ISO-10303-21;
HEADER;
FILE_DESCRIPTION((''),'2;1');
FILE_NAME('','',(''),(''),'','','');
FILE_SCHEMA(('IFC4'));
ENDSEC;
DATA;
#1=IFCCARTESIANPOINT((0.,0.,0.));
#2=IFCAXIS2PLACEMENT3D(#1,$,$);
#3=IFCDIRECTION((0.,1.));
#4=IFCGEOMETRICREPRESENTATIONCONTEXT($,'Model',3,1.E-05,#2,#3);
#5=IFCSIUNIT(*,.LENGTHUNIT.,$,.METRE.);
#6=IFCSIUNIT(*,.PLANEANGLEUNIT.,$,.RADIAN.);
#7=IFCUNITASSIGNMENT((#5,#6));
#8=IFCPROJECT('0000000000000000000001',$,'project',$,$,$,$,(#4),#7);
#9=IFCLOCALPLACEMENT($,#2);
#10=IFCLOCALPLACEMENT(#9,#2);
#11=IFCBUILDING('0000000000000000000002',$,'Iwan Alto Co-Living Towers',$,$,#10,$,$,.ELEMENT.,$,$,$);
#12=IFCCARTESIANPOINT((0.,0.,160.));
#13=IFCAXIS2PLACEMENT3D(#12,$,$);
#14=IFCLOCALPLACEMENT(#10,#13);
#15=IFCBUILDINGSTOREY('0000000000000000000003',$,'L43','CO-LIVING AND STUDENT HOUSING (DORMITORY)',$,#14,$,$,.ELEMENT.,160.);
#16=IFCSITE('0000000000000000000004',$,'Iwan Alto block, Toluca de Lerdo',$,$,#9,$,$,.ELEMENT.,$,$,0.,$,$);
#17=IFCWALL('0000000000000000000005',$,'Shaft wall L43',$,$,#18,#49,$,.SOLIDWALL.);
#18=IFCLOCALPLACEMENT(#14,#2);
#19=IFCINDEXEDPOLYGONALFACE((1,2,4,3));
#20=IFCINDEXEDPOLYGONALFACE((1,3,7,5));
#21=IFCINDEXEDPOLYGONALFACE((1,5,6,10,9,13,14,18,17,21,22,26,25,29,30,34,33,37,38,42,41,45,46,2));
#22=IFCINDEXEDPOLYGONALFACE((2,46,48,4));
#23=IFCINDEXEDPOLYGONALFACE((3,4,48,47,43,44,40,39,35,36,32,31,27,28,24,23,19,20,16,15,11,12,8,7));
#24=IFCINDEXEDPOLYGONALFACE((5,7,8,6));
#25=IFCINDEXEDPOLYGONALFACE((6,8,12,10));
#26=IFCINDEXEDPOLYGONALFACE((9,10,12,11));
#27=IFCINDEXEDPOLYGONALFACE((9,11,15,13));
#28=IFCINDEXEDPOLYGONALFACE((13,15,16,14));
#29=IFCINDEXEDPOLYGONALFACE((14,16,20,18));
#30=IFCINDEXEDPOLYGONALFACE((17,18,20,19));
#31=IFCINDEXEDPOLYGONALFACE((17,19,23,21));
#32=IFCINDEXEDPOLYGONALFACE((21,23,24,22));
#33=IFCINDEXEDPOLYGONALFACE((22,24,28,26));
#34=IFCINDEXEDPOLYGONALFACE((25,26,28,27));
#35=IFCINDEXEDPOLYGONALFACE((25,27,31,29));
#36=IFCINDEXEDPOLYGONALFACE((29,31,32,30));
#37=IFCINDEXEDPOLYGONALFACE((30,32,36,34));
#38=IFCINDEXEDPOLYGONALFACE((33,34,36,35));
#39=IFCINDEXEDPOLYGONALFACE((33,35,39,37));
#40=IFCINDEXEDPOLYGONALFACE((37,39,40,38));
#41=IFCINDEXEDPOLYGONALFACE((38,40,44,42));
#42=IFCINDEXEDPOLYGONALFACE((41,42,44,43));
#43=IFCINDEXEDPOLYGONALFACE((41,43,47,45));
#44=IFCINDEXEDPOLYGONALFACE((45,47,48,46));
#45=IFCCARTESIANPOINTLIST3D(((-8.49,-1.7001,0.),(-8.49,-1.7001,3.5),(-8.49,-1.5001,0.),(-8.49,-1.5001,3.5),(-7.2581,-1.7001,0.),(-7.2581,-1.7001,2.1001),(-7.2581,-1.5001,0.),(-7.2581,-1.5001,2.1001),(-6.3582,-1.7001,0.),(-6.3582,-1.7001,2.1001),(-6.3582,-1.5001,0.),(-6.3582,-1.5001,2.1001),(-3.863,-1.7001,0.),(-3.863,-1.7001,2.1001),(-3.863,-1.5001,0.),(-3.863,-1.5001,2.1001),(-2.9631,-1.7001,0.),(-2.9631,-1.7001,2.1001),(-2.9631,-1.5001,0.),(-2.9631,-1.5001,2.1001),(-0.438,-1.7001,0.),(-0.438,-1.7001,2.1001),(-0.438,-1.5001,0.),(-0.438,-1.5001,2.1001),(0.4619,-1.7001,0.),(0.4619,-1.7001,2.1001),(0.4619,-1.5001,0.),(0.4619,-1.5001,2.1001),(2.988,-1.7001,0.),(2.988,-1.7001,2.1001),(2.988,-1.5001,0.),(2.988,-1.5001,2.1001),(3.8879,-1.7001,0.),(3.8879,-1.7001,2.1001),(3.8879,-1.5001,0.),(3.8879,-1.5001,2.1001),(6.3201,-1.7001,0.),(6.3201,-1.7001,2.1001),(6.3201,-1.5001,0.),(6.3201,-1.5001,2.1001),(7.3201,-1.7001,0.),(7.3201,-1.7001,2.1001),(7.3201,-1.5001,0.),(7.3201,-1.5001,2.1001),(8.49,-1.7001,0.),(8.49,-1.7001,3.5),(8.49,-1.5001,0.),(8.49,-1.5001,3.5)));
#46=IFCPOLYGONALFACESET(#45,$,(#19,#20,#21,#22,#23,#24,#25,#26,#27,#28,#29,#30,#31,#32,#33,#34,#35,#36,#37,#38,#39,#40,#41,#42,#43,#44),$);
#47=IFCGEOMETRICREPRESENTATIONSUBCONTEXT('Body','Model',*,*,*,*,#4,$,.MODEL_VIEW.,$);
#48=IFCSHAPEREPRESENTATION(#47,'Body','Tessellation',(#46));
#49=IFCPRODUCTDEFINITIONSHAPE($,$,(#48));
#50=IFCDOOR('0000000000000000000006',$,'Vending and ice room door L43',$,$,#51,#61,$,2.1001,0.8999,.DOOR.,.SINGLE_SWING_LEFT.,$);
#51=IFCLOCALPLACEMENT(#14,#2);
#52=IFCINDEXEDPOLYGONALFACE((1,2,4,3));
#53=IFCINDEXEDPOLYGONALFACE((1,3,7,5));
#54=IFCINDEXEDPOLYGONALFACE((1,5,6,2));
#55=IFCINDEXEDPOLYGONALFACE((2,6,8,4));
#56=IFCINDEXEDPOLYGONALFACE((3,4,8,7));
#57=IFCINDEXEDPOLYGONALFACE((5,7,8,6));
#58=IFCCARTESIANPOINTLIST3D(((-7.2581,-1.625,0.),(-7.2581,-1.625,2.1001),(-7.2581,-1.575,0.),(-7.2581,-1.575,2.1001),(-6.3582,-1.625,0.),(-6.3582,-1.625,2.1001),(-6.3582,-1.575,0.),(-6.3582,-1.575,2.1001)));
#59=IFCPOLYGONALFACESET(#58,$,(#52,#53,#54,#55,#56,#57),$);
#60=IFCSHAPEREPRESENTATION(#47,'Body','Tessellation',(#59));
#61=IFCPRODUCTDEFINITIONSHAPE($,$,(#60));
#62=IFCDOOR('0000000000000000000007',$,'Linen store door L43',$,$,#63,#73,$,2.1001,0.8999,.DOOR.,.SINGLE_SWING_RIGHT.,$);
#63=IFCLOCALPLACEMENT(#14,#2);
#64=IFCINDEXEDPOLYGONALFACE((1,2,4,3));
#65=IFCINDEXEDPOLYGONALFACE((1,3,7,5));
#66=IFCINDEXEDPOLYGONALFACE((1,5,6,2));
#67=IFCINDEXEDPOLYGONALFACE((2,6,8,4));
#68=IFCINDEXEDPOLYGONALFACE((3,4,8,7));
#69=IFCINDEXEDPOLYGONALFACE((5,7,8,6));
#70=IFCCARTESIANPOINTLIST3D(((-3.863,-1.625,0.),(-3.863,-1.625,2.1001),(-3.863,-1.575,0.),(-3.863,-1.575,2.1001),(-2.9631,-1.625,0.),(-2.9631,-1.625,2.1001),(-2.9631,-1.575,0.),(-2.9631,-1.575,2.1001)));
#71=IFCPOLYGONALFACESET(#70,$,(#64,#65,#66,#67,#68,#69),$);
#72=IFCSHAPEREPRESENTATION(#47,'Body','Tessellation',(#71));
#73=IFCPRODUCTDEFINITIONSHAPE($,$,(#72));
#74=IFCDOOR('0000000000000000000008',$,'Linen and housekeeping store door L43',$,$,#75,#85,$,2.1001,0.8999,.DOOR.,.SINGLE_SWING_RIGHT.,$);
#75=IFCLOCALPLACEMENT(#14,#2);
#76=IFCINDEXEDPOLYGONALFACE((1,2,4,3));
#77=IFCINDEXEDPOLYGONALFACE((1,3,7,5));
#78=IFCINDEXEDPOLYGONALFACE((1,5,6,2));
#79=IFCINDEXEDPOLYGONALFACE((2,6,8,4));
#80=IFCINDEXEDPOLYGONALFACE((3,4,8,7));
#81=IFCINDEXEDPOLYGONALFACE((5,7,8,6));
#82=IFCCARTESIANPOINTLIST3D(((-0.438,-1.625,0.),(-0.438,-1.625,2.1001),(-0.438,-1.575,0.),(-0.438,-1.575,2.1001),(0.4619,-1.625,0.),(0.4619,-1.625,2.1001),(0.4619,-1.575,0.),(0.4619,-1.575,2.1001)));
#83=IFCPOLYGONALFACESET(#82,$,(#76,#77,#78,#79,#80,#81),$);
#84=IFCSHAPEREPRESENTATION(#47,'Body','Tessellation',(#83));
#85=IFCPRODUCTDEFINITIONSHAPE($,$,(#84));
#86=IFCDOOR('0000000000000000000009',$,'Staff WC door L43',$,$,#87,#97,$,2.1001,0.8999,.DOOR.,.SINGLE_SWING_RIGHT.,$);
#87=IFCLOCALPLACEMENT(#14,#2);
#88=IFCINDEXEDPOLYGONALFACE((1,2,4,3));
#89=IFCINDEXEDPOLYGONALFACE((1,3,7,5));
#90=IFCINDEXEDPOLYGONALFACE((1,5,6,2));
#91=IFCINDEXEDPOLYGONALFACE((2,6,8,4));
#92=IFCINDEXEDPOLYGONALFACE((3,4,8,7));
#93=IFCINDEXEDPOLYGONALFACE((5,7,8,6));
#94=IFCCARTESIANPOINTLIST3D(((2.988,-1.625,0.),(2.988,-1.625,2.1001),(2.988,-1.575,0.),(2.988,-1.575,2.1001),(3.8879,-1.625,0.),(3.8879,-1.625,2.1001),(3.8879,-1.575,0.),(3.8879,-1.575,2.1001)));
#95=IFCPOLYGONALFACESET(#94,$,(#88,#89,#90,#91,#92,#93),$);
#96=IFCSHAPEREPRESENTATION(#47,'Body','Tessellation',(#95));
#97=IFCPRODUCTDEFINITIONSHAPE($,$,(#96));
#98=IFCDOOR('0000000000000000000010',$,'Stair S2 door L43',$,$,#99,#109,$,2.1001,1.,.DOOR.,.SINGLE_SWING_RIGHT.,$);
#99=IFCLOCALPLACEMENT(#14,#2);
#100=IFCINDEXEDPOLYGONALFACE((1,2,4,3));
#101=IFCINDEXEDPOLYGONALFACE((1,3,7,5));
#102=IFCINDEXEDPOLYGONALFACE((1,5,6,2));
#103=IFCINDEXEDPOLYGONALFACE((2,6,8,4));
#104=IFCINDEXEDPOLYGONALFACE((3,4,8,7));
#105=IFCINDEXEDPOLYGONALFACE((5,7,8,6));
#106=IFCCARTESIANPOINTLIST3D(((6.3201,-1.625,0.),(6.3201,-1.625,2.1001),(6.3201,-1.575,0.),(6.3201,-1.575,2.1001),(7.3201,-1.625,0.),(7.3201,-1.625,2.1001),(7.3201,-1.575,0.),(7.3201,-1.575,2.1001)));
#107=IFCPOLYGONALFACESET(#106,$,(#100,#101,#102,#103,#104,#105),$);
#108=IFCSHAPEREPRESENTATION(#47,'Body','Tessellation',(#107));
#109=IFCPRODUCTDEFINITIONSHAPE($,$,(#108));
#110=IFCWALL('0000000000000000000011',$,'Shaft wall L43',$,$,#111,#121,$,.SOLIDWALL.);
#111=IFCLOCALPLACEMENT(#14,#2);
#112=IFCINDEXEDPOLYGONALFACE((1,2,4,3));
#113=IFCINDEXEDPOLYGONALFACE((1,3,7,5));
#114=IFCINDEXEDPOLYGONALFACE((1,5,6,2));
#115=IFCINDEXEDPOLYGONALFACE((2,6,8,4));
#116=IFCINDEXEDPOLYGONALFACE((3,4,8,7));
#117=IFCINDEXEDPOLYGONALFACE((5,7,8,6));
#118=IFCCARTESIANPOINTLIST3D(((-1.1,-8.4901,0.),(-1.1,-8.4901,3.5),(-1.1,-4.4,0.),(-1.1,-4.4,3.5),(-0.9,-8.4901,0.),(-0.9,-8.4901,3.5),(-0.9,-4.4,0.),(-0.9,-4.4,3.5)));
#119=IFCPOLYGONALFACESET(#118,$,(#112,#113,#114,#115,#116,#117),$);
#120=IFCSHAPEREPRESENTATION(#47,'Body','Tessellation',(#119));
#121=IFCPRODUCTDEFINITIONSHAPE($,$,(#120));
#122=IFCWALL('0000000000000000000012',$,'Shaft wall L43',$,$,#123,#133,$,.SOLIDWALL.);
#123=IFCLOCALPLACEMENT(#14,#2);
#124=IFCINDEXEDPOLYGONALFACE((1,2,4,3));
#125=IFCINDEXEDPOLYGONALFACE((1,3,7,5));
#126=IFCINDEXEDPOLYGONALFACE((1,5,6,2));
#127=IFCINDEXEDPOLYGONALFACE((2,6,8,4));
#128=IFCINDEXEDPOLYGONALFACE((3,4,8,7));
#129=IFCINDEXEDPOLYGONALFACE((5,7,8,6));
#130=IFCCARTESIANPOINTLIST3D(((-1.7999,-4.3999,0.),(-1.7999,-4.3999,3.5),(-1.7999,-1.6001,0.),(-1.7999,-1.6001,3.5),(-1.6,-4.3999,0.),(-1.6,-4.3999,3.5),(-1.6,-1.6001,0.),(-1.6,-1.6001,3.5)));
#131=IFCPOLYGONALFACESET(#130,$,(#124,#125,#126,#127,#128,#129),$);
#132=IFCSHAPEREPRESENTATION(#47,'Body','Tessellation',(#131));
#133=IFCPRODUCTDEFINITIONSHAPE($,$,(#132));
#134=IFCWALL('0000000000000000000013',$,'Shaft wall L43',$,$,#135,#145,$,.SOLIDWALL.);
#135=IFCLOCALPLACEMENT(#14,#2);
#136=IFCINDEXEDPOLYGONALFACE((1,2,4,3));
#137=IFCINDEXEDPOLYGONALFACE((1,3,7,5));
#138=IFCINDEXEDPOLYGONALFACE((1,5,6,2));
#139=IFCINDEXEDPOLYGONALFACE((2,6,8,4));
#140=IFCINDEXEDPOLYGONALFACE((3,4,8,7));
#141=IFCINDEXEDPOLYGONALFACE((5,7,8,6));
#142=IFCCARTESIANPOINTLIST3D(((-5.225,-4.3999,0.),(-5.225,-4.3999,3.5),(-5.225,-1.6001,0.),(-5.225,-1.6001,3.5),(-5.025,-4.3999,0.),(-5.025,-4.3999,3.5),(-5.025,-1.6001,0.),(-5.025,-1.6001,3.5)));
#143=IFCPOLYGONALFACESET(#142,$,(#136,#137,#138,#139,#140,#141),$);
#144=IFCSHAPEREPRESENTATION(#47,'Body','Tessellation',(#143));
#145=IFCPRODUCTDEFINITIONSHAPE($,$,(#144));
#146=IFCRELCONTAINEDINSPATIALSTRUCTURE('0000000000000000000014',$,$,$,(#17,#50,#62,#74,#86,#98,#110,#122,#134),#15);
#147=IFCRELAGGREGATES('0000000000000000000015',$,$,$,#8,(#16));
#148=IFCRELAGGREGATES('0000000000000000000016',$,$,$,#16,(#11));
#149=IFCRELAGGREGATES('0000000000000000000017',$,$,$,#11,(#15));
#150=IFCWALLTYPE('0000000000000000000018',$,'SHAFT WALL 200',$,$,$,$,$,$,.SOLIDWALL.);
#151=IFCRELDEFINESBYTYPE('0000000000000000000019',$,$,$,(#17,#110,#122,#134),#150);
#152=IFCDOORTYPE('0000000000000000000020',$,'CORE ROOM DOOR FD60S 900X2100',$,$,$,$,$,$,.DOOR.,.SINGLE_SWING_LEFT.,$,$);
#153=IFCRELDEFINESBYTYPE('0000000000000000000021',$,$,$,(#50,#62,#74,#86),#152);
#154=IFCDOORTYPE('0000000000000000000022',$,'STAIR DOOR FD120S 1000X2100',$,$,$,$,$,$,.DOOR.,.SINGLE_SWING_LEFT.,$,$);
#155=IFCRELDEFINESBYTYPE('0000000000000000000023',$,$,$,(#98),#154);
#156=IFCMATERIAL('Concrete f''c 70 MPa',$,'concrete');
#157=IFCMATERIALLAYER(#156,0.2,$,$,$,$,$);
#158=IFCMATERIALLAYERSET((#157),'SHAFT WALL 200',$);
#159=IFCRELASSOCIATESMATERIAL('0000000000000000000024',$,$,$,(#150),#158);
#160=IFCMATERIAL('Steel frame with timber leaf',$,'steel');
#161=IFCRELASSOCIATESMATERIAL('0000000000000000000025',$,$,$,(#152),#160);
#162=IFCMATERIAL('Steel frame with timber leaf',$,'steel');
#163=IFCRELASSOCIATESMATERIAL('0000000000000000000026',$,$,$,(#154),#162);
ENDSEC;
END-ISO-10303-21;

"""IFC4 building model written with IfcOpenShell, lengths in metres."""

from ifc_helpers import new_model, si_unit, direction, frame, frame_2d, origin, place, context, subcontext, project, spatial, rectangle, extrude, material, layer, layer_set, type_object, element, fill, save


model = new_model("IFC4")

# Units and contexts
model_context = context("Model", 3, precision=1e-05, world=origin(), true_north=direction((0.0, 1.0)))
body_context = subcontext(model_context, "Body", "Model", "MODEL_VIEW")
ifc_project = project(units=[si_unit("LENGTHUNIT", "METRE"), si_unit("PLANEANGLEUNIT", "RADIAN")], contexts=[model_context])

# Site, building, storey
site_placement = place(None, origin())
site = spatial("IfcSite", under=ifc_project, at=site_placement, Name="Iwan Alto block, Toluca de Lerdo", CompositionType="ELEMENT", RefElevation=0.0)
building_placement = place(site_placement, origin())
building = spatial("IfcBuilding", under=site, at=building_placement, Name="Iwan Alto Co-Living Towers", CompositionType="ELEMENT")
storey_placement = place(building_placement, frame((0.0, 0.0, 160.0)))
storey = spatial("IfcBuildingStorey", under=building, at=storey_placement, Name="L43", Description="CO-LIVING AND STUDENT HOUSING (DORMITORY)", CompositionType="ELEMENT", Elevation=160.0)

# Shared definitions
ifc_material_1 = material(Name="Concrete f'c 70 MPa", Category="concrete")
ifc_layer_1 = layer(ifc_material_1, 0.2)
ifc_layer_set_1 = layer_set([ifc_layer_1], Name="SHAFT WALL 200")
wall_type_1 = type_object("IfcWallType", Name="SHAFT WALL 200", PredefinedType="SOLIDWALL", material=ifc_layer_set_1)

# Wall, openings, doors
wall_1_placement = place(storey_placement, frame((-8.49, -1.6001, 0.0), z_axis=(0.0, 0.0, 1.0), x_axis=(1.0, 0.0, 0.0)))
wall_1 = element("IfcWall", 1, at=wall_1_placement, inside=storey, type_object=wall_type_1, Name="Shaft wall L43", PredefinedType="SOLIDWALL", context=body_context, shape_type="SweptSolid", body=[
    extrude(rectangle(XDim=16.98, YDim=0.2, at=frame_2d((8.49, 0.0))), origin(), (0.0, 0.0, 1.0), 3.5),
])
opening_1_placement = place(wall_1_placement, frame((14.8101, 0.0, 0.0)))
opening_1 = element("IfcOpeningElement", 2, at=opening_1_placement, cuts=wall_1, PredefinedType="OPENING", context=body_context, shape_type="SweptSolid", body=[
    extrude(rectangle(XDim=1.0, YDim=2.1001, at=frame_2d((0.5, 1.05))), frame((0.0, 0.1099, 0.0), z_axis=(0.0, -1.0, 0.0), x_axis=(1.0, 0.0, 0.0)), (0.0, 0.0, 1.0), 0.22),
])
opening_2_placement = place(wall_1_placement, frame((1.2319, 0.0, 0.0)))
opening_2 = element("IfcOpeningElement", 3, at=opening_2_placement, cuts=wall_1, PredefinedType="OPENING", context=body_context, shape_type="SweptSolid", body=[
    extrude(rectangle(XDim=0.8999, YDim=2.1001, at=frame_2d((0.45, 1.05))), frame((0.0, 0.1099, 0.0), z_axis=(0.0, -1.0, 0.0), x_axis=(1.0, 0.0, 0.0)), (0.0, 0.0, 1.0), 0.22),
])
opening_3_placement = place(wall_1_placement, frame((4.627, 0.0, 0.0)))
opening_3 = element("IfcOpeningElement", 4, at=opening_3_placement, cuts=wall_1, PredefinedType="OPENING", context=body_context, shape_type="SweptSolid", body=[
    extrude(rectangle(XDim=0.8999, YDim=2.1001, at=frame_2d((0.45, 1.05))), frame((0.0, 0.1099, 0.0), z_axis=(0.0, -1.0, 0.0), x_axis=(1.0, 0.0, 0.0)), (0.0, 0.0, 1.0), 0.22),
])
opening_4_placement = place(wall_1_placement, frame((8.052, 0.0, 0.0)))
opening_4 = element("IfcOpeningElement", 5, at=opening_4_placement, cuts=wall_1, PredefinedType="OPENING", context=body_context, shape_type="SweptSolid", body=[
    extrude(rectangle(XDim=0.8999, YDim=2.1001, at=frame_2d((0.45, 1.05))), frame((0.0, 0.1099, 0.0), z_axis=(0.0, -1.0, 0.0), x_axis=(1.0, 0.0, 0.0)), (0.0, 0.0, 1.0), 0.22),
])
opening_5_placement = place(wall_1_placement, frame((11.478, 0.0, 0.0)))
opening_5 = element("IfcOpeningElement", 6, at=opening_5_placement, cuts=wall_1, PredefinedType="OPENING", context=body_context, shape_type="SweptSolid", body=[
    extrude(rectangle(XDim=0.8999, YDim=2.1001, at=frame_2d((0.45, 1.05))), frame((0.0, 0.1099, 0.0), z_axis=(0.0, -1.0, 0.0), x_axis=(1.0, 0.0, 0.0)), (0.0, 0.0, 1.0), 0.22),
])
ifc_material_2 = material(Name="Steel frame with timber leaf", Category="steel")
door_type_1 = type_object("IfcDoorType", Name="CORE ROOM DOOR FD60S 900X2100", OperationType="SINGLE_SWING_LEFT", PredefinedType="DOOR", material=ifc_material_2)
door_1_placement = place(opening_2_placement, frame((0.8999, 0.0, 0.0), z_axis=(0.0, 0.0, 1.0), x_axis=(-1.0, 0.0, 0.0)))
door_1 = element("IfcDoor", 7, at=door_1_placement, inside=storey, type_object=door_type_1, Name="Vending and ice room door L43", OperationType="SINGLE_SWING_LEFT", OverallHeight=2.1001, OverallWidth=0.8999, PredefinedType="DOOR", context=body_context, shape_type="SweptSolid", body=[
    extrude(rectangle(XDim=0.8999, YDim=2.1001, at=frame_2d((0.45, 1.05))), frame((0.0, 0.0249, 0.0), z_axis=(0.0, -1.0, 0.0), x_axis=(1.0, 0.0, 0.0)), (0.0, 0.0, 1.0), 0.05),
])
fill(opening_2, door_1)
door_2_placement = place(opening_3_placement, frame((0.8999, 0.0, 0.0), z_axis=(0.0, 0.0, 1.0), x_axis=(-1.0, 0.0, 0.0)))
door_2 = element("IfcDoor", 8, at=door_2_placement, inside=storey, type_object=door_type_1, Name="Linen store door L43", OperationType="SINGLE_SWING_RIGHT", OverallHeight=2.1001, OverallWidth=0.8999, PredefinedType="DOOR", context=body_context, shape_type="SweptSolid", body=[
    extrude(rectangle(XDim=0.8999, YDim=2.1001, at=frame_2d((0.45, 1.05))), frame((0.0, 0.0249, 0.0), z_axis=(0.0, -1.0, 0.0), x_axis=(1.0, 0.0, 0.0)), (0.0, 0.0, 1.0), 0.05),
])
fill(opening_3, door_2)
door_3_placement = place(opening_4_placement, frame((0.8999, 0.0, 0.0), z_axis=(0.0, 0.0, 1.0), x_axis=(-1.0, 0.0, 0.0)))
door_3 = element("IfcDoor", 9, at=door_3_placement, inside=storey, type_object=door_type_1, Name="Linen and housekeeping store door L43", OperationType="SINGLE_SWING_RIGHT", OverallHeight=2.1001, OverallWidth=0.8999, PredefinedType="DOOR", context=body_context, shape_type="SweptSolid", body=[
    extrude(rectangle(XDim=0.8999, YDim=2.1001, at=frame_2d((0.45, 1.05))), frame((0.0, 0.0249, 0.0), z_axis=(0.0, -1.0, 0.0), x_axis=(1.0, 0.0, 0.0)), (0.0, 0.0, 1.0), 0.05),
])
fill(opening_4, door_3)
door_4_placement = place(opening_5_placement, frame((0.8999, 0.0, 0.0), z_axis=(0.0, 0.0, 1.0), x_axis=(-1.0, 0.0, 0.0)))
door_4 = element("IfcDoor", 10, at=door_4_placement, inside=storey, type_object=door_type_1, Name="Staff WC door L43", OperationType="SINGLE_SWING_RIGHT", OverallHeight=2.1001, OverallWidth=0.8999, PredefinedType="DOOR", context=body_context, shape_type="SweptSolid", body=[
    extrude(rectangle(XDim=0.8999, YDim=2.1001, at=frame_2d((0.45, 1.05))), frame((0.0, 0.0249, 0.0), z_axis=(0.0, -1.0, 0.0), x_axis=(1.0, 0.0, 0.0)), (0.0, 0.0, 1.0), 0.05),
])
fill(opening_5, door_4)
ifc_material_3 = material(Name="Steel frame with timber leaf", Category="steel")
door_type_2 = type_object("IfcDoorType", Name="STAIR DOOR FD120S 1000X2100", OperationType="SINGLE_SWING_LEFT", PredefinedType="DOOR", material=ifc_material_3)
door_5_placement = place(opening_1_placement, frame((1.0, 0.0, 0.0), z_axis=(0.0, 0.0, 1.0), x_axis=(-1.0, 0.0, 0.0)))
door_5 = element("IfcDoor", 11, at=door_5_placement, inside=storey, type_object=door_type_2, Name="Stair S2 door L43", OperationType="SINGLE_SWING_RIGHT", OverallHeight=2.1001, OverallWidth=1.0, PredefinedType="DOOR", context=body_context, shape_type="SweptSolid", body=[
    extrude(rectangle(XDim=1.0, YDim=2.1001, at=frame_2d((0.5, 1.05))), frame((0.0, 0.0249, 0.0), z_axis=(0.0, -1.0, 0.0), x_axis=(1.0, 0.0, 0.0)), (0.0, 0.0, 1.0), 0.05),
])
fill(opening_1, door_5)

# Walls
wall_2_placement = place(storey_placement, frame((-1.0, -8.49, 0.0), z_axis=(0.0, 0.0, 1.0), x_axis=(0.0, 1.0, 0.0)))
element("IfcWall", 12, at=wall_2_placement, inside=storey, type_object=wall_type_1, Name="Shaft wall L43", PredefinedType="SOLIDWALL", context=body_context, shape_type="SweptSolid", body=[
    extrude(rectangle(XDim=4.0901, YDim=0.2, at=frame_2d((2.0449, 0.0))), origin(), (0.0, 0.0, 1.0), 3.5),
])
for number, where, z_axis, x_axis, name in (
    (13, (-1.7, -4.3999, 0.0), (0.0, 0.0, 1.0), (0.0, 1.0, 0.0), "Shaft wall L43"),
    (14, (-5.125, -4.3999, 0.0), (0.0, 0.0, 1.0), (0.0, 1.0, 0.0), "Shaft wall L43"),
):
    element("IfcWall", number, at=place(storey_placement, frame(where, z_axis=z_axis, x_axis=x_axis)), inside=storey, type_object=wall_type_1, Name=name, PredefinedType="SOLIDWALL", context=body_context, shape_type="SweptSolid", body=[
        extrude(rectangle(XDim=2.7998, YDim=0.2, at=frame_2d((1.3999, 0.0))), origin(), (0.0, 0.0, 1.0), 3.5),
    ])

save(model, "model.ifc")
